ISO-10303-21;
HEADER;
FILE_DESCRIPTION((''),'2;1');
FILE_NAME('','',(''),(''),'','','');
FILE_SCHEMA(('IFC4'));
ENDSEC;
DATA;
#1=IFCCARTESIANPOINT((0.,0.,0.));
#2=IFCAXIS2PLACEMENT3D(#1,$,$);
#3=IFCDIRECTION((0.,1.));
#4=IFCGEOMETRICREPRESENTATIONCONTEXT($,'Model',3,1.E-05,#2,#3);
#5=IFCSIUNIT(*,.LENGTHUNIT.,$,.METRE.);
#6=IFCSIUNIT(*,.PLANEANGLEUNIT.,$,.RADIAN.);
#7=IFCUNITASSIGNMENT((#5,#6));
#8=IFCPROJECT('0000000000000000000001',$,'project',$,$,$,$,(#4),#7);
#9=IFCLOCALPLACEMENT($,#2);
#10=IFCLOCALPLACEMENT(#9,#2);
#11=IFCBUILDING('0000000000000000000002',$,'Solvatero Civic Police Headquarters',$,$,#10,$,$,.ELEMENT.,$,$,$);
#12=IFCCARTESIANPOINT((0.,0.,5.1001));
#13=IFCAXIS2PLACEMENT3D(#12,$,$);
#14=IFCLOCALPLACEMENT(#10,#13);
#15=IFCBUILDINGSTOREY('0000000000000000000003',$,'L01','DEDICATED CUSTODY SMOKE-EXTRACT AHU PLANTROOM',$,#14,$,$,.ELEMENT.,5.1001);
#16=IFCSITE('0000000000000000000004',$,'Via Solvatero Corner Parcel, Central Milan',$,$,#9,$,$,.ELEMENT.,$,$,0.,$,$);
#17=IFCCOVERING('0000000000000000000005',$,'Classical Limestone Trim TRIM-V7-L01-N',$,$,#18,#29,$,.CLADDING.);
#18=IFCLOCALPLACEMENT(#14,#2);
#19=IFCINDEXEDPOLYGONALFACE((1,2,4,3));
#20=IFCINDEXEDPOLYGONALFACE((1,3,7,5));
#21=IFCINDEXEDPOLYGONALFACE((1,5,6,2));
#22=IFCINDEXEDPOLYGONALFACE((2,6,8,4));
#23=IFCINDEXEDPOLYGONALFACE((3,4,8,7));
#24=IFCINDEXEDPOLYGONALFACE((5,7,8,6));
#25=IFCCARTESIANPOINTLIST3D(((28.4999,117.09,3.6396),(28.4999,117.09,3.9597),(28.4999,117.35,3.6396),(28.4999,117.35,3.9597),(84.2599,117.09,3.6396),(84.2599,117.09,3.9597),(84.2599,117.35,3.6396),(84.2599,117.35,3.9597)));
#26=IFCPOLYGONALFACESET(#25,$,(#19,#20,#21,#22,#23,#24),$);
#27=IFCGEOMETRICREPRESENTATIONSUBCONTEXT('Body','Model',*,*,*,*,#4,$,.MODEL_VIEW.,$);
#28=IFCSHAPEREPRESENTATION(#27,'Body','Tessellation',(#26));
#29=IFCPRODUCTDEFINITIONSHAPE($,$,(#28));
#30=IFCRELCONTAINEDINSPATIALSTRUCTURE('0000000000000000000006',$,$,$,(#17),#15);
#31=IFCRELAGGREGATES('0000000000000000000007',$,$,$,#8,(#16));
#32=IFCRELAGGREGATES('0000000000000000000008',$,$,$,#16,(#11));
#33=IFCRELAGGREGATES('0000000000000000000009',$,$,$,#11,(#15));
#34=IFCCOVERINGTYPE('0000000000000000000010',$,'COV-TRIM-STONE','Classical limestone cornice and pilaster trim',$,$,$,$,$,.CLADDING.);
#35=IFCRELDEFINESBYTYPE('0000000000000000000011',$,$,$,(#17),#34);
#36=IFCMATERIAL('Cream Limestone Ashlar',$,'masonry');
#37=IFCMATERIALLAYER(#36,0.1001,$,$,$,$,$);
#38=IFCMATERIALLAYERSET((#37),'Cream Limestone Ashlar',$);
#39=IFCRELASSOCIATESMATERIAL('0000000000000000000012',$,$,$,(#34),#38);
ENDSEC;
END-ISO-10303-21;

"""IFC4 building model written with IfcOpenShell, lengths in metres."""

from ifc_helpers import new_model, si_unit, direction, frame, origin, origin_2d, place, context, subcontext, project, spatial, rectangle, extrude, material, layer, layer_set, type_object, element, save


model = new_model("IFC4")

# Units and contexts
model_context = context("Model", 3, precision=1e-05, world=origin(), true_north=direction((0.0, 1.0)))
body_context = subcontext(model_context, "Body", "Model", "MODEL_VIEW")
ifc_project = project(units=[si_unit("LENGTHUNIT", "METRE"), si_unit("PLANEANGLEUNIT", "RADIAN")], contexts=[model_context])

# Site, building, storey
site_placement = place(None, origin())
site = spatial("IfcSite", under=ifc_project, at=site_placement, Name="Via Solvatero Corner Parcel, Central Milan", CompositionType="ELEMENT", RefElevation=0.0)
building_placement = place(site_placement, origin())
building = spatial("IfcBuilding", under=site, at=building_placement, Name="Solvatero Civic Police Headquarters", CompositionType="ELEMENT")
storey_placement = place(building_placement, frame((0.0, 0.0, 5.1001)))
storey = spatial("IfcBuildingStorey", under=building, at=storey_placement, Name="L01", Description="DEDICATED CUSTODY SMOKE-EXTRACT AHU PLANTROOM", CompositionType="ELEMENT", Elevation=5.1001)

# Covering
ifc_material_1 = material(Name="Cream Limestone Ashlar", Category="masonry")
ifc_layer_1 = layer(ifc_material_1, 0.1001)
ifc_layer_set_1 = layer_set([ifc_layer_1], Name="Cream Limestone Ashlar")
covering_type = type_object("IfcCoveringType", Name="COV-TRIM-STONE", Description="Classical limestone cornice and pilaster trim", PredefinedType="CLADDING", material=ifc_layer_set_1)
covering_placement = place(storey_placement, frame((56.3799, 117.22, 3.6396), z_axis=(0.0, 0.0, 1.0), x_axis=(1.0, 0.0, 0.0)))
element("IfcCovering", 1, at=covering_placement, inside=storey, type_object=covering_type, Name="Classical Limestone Trim TRIM-V7-L01-N", PredefinedType="CLADDING", context=body_context, shape_type="SweptSolid", body=[
    extrude(rectangle(XDim=55.76, YDim=0.26, at=origin_2d()), origin(), (0.0, 0.0, 1.0), 0.3201),
])

save(model, "model.ifc")
